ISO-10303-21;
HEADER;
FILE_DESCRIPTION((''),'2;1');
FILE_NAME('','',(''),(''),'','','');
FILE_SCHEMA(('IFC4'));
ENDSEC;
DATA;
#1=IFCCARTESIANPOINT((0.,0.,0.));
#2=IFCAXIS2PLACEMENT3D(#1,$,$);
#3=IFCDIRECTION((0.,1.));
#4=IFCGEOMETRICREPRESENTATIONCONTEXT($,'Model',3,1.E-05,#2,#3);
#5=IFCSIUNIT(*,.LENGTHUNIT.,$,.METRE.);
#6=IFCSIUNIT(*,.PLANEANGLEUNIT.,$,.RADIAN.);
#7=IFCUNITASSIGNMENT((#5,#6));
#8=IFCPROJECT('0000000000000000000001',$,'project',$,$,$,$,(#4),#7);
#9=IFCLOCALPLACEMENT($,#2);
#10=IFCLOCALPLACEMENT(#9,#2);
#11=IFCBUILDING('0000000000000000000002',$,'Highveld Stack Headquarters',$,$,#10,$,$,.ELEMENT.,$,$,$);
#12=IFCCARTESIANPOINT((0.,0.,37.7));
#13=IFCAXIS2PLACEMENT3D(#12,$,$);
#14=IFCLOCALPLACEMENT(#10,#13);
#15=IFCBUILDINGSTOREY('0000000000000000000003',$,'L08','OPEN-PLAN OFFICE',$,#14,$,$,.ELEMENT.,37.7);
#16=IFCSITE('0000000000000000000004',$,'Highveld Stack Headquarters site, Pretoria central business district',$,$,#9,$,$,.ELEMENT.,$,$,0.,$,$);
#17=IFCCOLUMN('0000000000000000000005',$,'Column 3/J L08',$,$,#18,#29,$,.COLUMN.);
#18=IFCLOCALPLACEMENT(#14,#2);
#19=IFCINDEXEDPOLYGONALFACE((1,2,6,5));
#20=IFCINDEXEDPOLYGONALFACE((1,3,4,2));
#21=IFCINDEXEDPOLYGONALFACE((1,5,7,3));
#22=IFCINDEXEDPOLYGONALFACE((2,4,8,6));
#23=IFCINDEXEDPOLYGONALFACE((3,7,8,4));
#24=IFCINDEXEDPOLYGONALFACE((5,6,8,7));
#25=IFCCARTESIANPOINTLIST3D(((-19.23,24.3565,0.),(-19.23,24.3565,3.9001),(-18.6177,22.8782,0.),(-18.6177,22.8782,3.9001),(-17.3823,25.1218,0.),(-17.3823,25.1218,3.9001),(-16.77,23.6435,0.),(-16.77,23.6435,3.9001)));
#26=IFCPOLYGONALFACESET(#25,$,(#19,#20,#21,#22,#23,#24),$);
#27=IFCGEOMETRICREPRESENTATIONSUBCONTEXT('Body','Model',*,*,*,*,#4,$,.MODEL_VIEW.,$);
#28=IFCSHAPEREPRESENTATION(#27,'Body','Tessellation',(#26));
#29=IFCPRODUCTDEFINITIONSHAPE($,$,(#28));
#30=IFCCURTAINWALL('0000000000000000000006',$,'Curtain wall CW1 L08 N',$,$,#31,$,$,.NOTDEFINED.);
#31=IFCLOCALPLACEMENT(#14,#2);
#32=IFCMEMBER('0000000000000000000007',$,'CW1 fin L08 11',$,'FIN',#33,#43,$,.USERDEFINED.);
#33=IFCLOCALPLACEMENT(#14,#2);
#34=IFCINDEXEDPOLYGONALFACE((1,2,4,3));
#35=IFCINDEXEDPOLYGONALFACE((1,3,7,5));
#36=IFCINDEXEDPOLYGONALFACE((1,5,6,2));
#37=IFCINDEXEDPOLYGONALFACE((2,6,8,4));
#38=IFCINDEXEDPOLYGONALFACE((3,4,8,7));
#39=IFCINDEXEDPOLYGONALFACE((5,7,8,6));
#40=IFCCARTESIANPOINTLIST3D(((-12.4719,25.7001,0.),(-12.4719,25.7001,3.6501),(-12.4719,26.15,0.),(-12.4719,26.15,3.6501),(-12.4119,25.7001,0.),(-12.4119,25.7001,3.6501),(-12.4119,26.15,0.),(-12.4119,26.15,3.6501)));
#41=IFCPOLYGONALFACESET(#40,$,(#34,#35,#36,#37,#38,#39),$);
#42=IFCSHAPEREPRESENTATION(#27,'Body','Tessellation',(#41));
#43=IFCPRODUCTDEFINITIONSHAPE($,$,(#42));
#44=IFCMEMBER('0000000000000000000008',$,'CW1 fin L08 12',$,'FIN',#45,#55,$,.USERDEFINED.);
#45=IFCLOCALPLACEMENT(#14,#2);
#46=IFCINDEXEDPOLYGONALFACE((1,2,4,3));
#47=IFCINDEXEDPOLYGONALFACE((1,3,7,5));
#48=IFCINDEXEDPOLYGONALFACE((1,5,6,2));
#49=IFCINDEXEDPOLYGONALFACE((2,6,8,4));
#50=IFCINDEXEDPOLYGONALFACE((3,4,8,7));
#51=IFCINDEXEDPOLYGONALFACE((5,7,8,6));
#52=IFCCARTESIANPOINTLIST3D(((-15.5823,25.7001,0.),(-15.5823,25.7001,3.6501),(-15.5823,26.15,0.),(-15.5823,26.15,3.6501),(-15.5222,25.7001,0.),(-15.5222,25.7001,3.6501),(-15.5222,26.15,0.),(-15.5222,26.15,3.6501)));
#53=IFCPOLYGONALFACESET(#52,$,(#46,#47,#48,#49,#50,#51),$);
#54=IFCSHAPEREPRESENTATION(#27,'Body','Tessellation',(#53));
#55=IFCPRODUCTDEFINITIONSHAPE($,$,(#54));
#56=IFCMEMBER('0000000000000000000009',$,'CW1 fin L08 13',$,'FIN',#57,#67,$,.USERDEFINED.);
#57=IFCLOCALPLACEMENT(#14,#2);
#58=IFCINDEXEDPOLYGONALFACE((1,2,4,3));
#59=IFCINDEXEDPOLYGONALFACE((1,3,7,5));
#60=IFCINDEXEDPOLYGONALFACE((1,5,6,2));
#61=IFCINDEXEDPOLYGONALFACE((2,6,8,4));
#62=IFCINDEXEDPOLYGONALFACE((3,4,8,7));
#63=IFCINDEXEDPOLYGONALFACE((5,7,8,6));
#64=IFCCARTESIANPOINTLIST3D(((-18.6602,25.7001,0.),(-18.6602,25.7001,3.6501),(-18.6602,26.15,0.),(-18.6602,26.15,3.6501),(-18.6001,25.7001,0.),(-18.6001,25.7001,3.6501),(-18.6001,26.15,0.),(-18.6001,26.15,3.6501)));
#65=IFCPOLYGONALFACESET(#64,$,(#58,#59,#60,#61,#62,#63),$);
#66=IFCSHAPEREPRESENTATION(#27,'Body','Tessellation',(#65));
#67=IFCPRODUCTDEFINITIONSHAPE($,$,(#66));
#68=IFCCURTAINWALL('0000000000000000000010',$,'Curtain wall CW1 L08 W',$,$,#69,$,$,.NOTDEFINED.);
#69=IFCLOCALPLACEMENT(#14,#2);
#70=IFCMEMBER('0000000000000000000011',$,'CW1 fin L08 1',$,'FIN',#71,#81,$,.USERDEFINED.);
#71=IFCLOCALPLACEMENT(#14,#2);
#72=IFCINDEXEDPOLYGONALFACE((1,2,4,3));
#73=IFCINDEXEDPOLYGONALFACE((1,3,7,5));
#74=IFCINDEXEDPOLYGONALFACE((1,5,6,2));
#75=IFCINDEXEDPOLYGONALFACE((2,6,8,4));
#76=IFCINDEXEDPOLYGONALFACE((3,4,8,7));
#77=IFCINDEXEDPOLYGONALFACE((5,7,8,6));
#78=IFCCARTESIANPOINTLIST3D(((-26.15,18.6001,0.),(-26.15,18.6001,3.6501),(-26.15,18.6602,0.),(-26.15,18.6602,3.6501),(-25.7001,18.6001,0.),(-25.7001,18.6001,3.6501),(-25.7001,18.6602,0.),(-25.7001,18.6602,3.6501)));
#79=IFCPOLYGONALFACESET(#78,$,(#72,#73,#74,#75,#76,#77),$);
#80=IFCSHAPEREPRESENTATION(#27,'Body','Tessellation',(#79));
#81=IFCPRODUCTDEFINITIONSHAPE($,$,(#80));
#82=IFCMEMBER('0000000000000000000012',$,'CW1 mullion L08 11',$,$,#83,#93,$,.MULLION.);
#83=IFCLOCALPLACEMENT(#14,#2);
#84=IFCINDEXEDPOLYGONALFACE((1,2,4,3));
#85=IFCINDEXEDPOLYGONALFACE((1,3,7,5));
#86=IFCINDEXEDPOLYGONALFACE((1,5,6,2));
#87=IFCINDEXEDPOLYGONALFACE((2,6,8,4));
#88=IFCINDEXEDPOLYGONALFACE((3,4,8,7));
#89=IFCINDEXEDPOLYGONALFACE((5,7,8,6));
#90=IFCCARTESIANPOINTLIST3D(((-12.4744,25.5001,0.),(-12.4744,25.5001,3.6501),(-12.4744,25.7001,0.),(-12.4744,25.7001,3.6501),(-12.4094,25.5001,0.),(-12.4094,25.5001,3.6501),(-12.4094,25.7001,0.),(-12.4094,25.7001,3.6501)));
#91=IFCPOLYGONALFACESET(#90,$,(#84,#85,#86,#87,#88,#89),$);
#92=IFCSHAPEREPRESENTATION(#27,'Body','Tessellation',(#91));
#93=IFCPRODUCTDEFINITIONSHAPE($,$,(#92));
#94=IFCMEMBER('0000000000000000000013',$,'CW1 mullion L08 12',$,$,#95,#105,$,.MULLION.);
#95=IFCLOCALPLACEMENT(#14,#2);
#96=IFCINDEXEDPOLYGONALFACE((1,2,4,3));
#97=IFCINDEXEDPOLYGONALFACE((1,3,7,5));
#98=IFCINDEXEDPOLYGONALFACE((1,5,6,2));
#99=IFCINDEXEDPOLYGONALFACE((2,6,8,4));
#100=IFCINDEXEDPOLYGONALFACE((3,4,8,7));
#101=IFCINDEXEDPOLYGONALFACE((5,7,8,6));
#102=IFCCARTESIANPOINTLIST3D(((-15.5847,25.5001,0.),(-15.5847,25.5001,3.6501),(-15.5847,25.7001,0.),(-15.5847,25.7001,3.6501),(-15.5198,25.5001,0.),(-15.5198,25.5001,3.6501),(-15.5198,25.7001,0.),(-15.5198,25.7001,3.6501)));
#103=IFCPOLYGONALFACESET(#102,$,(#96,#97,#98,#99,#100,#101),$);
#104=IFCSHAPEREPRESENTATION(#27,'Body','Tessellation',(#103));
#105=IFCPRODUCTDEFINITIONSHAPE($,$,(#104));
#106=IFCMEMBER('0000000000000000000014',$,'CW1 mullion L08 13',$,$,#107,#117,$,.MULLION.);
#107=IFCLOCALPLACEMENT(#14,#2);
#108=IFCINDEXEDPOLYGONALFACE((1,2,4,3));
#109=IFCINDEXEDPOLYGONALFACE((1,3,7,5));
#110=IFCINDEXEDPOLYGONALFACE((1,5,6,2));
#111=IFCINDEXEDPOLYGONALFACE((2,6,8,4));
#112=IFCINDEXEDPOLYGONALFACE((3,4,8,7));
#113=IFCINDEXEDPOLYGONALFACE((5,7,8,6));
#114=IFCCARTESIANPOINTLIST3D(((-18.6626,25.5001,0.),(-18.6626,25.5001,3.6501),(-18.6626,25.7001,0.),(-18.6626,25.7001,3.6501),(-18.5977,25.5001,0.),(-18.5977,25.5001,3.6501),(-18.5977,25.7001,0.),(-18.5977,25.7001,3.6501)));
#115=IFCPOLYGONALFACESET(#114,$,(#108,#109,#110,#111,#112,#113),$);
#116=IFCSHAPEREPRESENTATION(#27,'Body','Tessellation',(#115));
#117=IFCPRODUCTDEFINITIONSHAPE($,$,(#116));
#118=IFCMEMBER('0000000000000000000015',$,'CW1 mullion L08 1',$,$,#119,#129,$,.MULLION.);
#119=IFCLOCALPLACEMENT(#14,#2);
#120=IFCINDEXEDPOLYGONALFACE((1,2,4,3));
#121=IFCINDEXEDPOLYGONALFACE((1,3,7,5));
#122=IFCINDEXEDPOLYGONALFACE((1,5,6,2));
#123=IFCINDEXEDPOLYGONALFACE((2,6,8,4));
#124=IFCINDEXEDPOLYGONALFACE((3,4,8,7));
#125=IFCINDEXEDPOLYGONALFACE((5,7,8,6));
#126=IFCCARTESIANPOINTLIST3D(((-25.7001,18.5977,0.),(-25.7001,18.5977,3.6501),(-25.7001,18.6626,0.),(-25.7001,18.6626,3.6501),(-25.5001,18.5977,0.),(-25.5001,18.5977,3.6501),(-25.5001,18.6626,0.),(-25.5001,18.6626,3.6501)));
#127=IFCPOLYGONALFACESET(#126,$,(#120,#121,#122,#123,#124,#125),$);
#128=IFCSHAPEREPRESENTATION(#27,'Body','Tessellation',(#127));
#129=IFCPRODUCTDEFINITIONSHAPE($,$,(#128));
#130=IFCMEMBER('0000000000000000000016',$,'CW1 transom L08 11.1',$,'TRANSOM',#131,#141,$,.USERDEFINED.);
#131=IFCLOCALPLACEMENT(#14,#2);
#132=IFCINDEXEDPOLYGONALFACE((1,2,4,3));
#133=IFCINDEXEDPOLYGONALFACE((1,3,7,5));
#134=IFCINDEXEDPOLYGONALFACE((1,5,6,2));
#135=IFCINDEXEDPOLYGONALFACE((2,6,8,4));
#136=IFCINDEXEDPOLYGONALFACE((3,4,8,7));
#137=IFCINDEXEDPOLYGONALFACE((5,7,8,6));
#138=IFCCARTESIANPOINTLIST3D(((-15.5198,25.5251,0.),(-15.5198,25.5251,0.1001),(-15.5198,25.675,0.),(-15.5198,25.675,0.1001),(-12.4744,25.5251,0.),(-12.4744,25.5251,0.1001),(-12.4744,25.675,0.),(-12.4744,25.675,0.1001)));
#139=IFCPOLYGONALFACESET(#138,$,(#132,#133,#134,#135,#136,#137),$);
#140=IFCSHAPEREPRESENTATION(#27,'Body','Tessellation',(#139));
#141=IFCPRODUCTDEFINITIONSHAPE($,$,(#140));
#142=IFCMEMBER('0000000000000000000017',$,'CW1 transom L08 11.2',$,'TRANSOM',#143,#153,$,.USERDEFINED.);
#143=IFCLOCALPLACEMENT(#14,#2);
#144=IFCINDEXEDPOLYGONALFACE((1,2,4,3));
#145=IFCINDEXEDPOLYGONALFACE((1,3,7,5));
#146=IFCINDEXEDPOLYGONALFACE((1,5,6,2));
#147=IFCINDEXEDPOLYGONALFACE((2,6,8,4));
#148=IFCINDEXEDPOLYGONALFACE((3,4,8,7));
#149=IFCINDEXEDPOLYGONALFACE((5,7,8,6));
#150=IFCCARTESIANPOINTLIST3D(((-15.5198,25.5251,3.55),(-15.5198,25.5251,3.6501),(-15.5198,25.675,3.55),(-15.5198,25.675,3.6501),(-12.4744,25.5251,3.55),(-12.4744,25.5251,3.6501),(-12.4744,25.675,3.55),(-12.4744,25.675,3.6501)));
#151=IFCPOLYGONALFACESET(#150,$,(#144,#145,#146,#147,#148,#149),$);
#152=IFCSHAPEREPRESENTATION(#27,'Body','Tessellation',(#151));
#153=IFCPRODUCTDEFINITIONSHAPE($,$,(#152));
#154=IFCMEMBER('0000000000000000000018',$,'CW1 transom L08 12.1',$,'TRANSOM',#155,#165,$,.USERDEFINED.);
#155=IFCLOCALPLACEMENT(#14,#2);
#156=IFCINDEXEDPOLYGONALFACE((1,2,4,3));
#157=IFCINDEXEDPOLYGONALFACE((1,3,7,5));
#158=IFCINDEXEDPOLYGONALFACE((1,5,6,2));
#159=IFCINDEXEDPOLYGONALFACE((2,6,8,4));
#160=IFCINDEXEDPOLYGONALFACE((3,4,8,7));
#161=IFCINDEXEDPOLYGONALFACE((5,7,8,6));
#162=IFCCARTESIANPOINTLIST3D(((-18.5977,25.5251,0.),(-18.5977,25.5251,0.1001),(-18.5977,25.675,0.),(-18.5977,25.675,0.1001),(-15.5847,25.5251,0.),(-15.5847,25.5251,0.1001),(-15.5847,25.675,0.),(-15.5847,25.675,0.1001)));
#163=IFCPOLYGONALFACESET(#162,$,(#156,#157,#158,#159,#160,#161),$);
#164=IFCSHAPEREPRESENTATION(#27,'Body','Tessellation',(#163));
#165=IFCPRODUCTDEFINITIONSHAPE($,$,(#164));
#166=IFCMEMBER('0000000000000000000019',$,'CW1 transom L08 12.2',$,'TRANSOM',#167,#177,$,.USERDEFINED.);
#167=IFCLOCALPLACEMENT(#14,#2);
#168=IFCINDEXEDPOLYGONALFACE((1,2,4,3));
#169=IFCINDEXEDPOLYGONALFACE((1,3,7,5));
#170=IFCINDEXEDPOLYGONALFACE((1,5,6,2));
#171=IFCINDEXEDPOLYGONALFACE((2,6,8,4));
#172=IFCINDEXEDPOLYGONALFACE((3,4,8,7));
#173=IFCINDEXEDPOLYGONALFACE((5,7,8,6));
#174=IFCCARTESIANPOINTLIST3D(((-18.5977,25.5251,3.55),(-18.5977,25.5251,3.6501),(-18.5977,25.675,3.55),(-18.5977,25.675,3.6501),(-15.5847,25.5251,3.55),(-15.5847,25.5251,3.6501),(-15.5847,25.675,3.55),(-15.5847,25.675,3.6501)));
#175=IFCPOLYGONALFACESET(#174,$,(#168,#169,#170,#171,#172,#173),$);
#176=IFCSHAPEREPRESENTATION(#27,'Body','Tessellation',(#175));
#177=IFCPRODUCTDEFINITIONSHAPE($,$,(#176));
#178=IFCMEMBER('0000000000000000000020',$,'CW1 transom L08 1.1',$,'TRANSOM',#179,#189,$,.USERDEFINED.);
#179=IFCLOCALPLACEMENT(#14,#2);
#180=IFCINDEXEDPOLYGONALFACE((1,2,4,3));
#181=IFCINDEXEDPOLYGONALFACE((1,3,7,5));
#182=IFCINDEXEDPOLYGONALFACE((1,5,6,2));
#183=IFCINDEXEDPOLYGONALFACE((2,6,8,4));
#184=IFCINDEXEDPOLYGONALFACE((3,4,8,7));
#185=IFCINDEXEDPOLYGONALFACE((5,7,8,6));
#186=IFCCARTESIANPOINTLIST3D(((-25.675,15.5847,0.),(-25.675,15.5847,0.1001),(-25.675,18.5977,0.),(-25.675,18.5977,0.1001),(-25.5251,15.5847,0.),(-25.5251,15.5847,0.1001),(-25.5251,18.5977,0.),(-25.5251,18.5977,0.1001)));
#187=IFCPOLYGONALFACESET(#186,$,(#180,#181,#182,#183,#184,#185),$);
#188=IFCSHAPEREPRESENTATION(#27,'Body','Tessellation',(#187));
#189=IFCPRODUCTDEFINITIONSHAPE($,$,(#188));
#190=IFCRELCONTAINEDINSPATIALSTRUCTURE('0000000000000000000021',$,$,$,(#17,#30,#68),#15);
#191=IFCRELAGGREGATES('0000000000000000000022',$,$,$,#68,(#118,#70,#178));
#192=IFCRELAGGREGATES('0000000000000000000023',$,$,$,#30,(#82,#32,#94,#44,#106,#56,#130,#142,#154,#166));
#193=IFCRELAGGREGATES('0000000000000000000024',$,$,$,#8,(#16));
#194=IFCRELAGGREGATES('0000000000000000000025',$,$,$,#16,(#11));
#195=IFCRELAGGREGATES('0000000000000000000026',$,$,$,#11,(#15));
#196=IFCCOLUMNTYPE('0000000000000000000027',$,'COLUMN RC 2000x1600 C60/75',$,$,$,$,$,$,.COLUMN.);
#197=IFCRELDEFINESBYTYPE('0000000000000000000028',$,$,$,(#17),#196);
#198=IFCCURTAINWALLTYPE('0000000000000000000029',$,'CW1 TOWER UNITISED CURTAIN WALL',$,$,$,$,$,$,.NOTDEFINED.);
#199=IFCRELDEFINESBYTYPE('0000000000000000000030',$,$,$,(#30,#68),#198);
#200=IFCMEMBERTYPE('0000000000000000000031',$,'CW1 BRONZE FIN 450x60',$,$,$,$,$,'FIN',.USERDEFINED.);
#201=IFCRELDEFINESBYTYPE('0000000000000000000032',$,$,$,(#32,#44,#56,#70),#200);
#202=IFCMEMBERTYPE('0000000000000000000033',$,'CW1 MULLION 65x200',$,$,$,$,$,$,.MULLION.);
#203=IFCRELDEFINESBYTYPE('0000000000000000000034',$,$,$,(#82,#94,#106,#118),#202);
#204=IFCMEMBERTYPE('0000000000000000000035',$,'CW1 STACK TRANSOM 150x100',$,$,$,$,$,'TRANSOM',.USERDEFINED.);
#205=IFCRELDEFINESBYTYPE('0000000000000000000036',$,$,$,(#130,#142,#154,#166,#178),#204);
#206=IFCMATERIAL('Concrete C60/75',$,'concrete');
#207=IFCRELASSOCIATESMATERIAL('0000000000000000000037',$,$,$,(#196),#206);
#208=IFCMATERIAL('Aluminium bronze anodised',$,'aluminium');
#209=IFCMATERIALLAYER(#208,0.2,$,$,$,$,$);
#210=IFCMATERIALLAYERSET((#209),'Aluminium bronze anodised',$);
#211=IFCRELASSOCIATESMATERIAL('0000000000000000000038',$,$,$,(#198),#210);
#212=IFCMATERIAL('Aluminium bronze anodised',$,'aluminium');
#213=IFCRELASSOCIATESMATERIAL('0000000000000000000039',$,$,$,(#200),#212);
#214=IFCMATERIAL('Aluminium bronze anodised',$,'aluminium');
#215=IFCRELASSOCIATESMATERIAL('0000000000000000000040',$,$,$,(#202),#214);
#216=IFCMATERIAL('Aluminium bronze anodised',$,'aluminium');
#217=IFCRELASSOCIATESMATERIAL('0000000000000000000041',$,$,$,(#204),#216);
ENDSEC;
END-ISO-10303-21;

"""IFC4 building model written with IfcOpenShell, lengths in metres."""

from ifc_helpers import new_model, si_unit, direction, frame, origin, origin_2d, place, context, subcontext, project, spatial, rectangle, extrude, material, layer, layer_set, material_profile, profile_set, type_object, element, aggregate, save


model = new_model("IFC4")

# Units and contexts
model_context = context("Model", 3, precision=1e-05, world=origin(), true_north=direction((0.0, 1.0)))
body_context = subcontext(model_context, "Body", "Model", "MODEL_VIEW")
ifc_project = project(units=[si_unit("LENGTHUNIT", "METRE"), si_unit("PLANEANGLEUNIT", "RADIAN")], contexts=[model_context])

# Site, building, storey
site_placement = place(None, origin())
site = spatial("IfcSite", under=ifc_project, at=site_placement, Name="Highveld Stack Headquarters site, Pretoria central business district", CompositionType="ELEMENT", RefElevation=0.0)
building_placement = place(site_placement, origin())
building = spatial("IfcBuilding", under=site, at=building_placement, Name="Highveld Stack Headquarters", CompositionType="ELEMENT")
storey_placement = place(building_placement, frame((0.0, 0.0, 37.7)))
storey = spatial("IfcBuildingStorey", under=building, at=storey_placement, Name="L08", Description="OPEN-PLAN OFFICE", CompositionType="ELEMENT", Elevation=37.7)

# Column
ifc_material_1 = material(Name="Concrete C60/75", Category="concrete")
ifc_material_profile_1 = material_profile(ifc_material_1, rectangle(XDim=2.0, YDim=1.6001, at=origin_2d()), Name="RC 2000x1600")
ifc_profile_set_1 = profile_set([ifc_material_profile_1], Name="Concrete C60/75")
column_type = type_object("IfcColumnType", Name="COLUMN RC 2000x1600 C60/75", PredefinedType="COLUMN", material=ifc_profile_set_1)
column_placement = place(storey_placement, frame((-18.0, 24.0, 0.0), z_axis=(0.0, 0.0, 1.0), x_axis=(0.92388, 0.382683, 0.0)))
element("IfcColumn", 1, at=column_placement, inside=storey, type_object=column_type, Name="Column 3/J L08", PredefinedType="COLUMN", context=body_context, shape_type="SweptSolid", body=[
    extrude(rectangle(XDim=2.0, YDim=1.6001, at=origin_2d()), origin(), (0.0, 0.0, 1.0), 3.9001),
])

# Curtain wall, members
ifc_material_2 = material(Name="Aluminium bronze anodised", Category="aluminium")
ifc_layer_1 = layer(ifc_material_2, 0.2)
ifc_layer_set_1 = layer_set([ifc_layer_1], Name="Aluminium bronze anodised")
curtain_wall_type_1 = type_object("IfcCurtainWallType", Name="CW1 TOWER UNITISED CURTAIN WALL", PredefinedType="NOTDEFINED", material=ifc_layer_set_1)
curtain_wall_1_placement = place(storey_placement, origin())
curtain_wall_1 = element("IfcCurtainWall", 2, at=curtain_wall_1_placement, inside=storey, type_object=curtain_wall_type_1, Name="Curtain wall CW1 L08 N", PredefinedType="NOTDEFINED")
ifc_material_3 = material(Name="Aluminium bronze anodised", Category="aluminium")
ifc_material_profile_2 = material_profile(ifc_material_3, rectangle(XDim=0.45, YDim=0.0601, at=origin_2d()), Name="FIN 450x60")
ifc_profile_set_2 = profile_set([ifc_material_profile_2], Name="Aluminium bronze anodised")
member_type_1 = type_object("IfcMemberType", Name="CW1 BRONZE FIN 450x60", ElementType="FIN", PredefinedType="USERDEFINED", material=ifc_profile_set_2)
member_1_placement = place(storey_placement, frame((-12.4419, 25.925, 0.0), z_axis=(0.0, 0.0, 1.0), x_axis=(0.0, -1.0, 0.0)))
member_1 = element("IfcMember", 3, at=member_1_placement, type_object=member_type_1, Name="CW1 fin L08 11", ObjectType="FIN", PredefinedType="USERDEFINED", context=body_context, shape_type="SweptSolid", body=[
    extrude(rectangle(XDim=0.45, YDim=0.0601, at=origin_2d()), origin(), (0.0, 0.0, 1.0), 3.6501),
])
member_2_placement = place(storey_placement, frame((-15.5522, 25.925, 0.0), z_axis=(0.0, 0.0, 1.0), x_axis=(0.0, -1.0, 0.0)))
member_2 = element("IfcMember", 4, at=member_2_placement, type_object=member_type_1, Name="CW1 fin L08 12", ObjectType="FIN", PredefinedType="USERDEFINED", context=body_context, shape_type="SweptSolid", body=[
    extrude(rectangle(XDim=0.45, YDim=0.0601, at=origin_2d()), origin(), (0.0, 0.0, 1.0), 3.6501),
])
member_3_placement = place(storey_placement, frame((-18.6301, 25.925, 0.0), z_axis=(0.0, 0.0, 1.0), x_axis=(0.0, -1.0, 0.0)))
member_3 = element("IfcMember", 5, at=member_3_placement, type_object=member_type_1, Name="CW1 fin L08 13", ObjectType="FIN", PredefinedType="USERDEFINED", context=body_context, shape_type="SweptSolid", body=[
    extrude(rectangle(XDim=0.45, YDim=0.0601, at=origin_2d()), origin(), (0.0, 0.0, 1.0), 3.6501),
])

# Curtain wall, member
curtain_wall_2_placement = place(storey_placement, origin())
curtain_wall_2 = element("IfcCurtainWall", 6, at=curtain_wall_2_placement, inside=storey, type_object=curtain_wall_type_1, Name="Curtain wall CW1 L08 W", PredefinedType="NOTDEFINED")
member_4_placement = place(storey_placement, frame((-25.925, 18.6301, 0.0), z_axis=(0.0, 0.0, 1.0), x_axis=(1.0, 0.0, 0.0)))
member_4 = element("IfcMember", 7, at=member_4_placement, type_object=member_type_1, Name="CW1 fin L08 1", ObjectType="FIN", PredefinedType="USERDEFINED", context=body_context, shape_type="SweptSolid", body=[
    extrude(rectangle(XDim=0.45, YDim=0.0601, at=origin_2d()), origin(), (0.0, 0.0, 1.0), 3.6501),
])

# Members
ifc_material_4 = material(Name="Aluminium bronze anodised", Category="aluminium")
ifc_material_profile_3 = material_profile(ifc_material_4, rectangle(XDim=0.2, YDim=0.0649, at=origin_2d()), Name="CW1 MULLION 65x200")
ifc_profile_set_3 = profile_set([ifc_material_profile_3], Name="Aluminium bronze anodised")
member_type_2 = type_object("IfcMemberType", Name="CW1 MULLION 65x200", PredefinedType="MULLION", material=ifc_profile_set_3)
member_5_placement = place(storey_placement, frame((-12.4419, 25.6001, 0.0), z_axis=(0.0, 0.0, 1.0), x_axis=(0.0, -1.0, 0.0)))
member_5 = element("IfcMember", 8, at=member_5_placement, type_object=member_type_2, Name="CW1 mullion L08 11", PredefinedType="MULLION", context=body_context, shape_type="SweptSolid", body=[
    extrude(rectangle(XDim=0.2, YDim=0.0649, at=origin_2d()), origin(), (0.0, 0.0, 1.0), 3.6501),
])
member_6_placement = place(storey_placement, frame((-15.5522, 25.6001, 0.0), z_axis=(0.0, 0.0, 1.0), x_axis=(0.0, -1.0, 0.0)))
member_6 = element("IfcMember", 9, at=member_6_placement, type_object=member_type_2, Name="CW1 mullion L08 12", PredefinedType="MULLION", context=body_context, shape_type="SweptSolid", body=[
    extrude(rectangle(XDim=0.2, YDim=0.0649, at=origin_2d()), origin(), (0.0, 0.0, 1.0), 3.6501),
])
member_7_placement = place(storey_placement, frame((-18.6301, 25.6001, 0.0), z_axis=(0.0, 0.0, 1.0), x_axis=(0.0, -1.0, 0.0)))
member_7 = element("IfcMember", 10, at=member_7_placement, type_object=member_type_2, Name="CW1 mullion L08 13", PredefinedType="MULLION", context=body_context, shape_type="SweptSolid", body=[
    extrude(rectangle(XDim=0.2, YDim=0.0649, at=origin_2d()), origin(), (0.0, 0.0, 1.0), 3.6501),
])
member_8_placement = place(storey_placement, frame((-25.6001, 18.6301, 0.0), z_axis=(0.0, 0.0, 1.0), x_axis=(1.0, 0.0, 0.0)))
member_8 = element("IfcMember", 11, at=member_8_placement, type_object=member_type_2, Name="CW1 mullion L08 1", PredefinedType="MULLION", context=body_context, shape_type="SweptSolid", body=[
    extrude(rectangle(XDim=0.2, YDim=0.0649, at=origin_2d()), origin(), (0.0, 0.0, 1.0), 3.6501),
])
ifc_material_5 = material(Name="Aluminium bronze anodised", Category="aluminium")
ifc_material_profile_4 = material_profile(ifc_material_5, rectangle(XDim=0.1499, YDim=0.1001, at=origin_2d()), Name="CW1 TRANSOM 150x100")
ifc_profile_set_4 = profile_set([ifc_material_profile_4], Name="Aluminium bronze anodised")
member_type_3 = type_object("IfcMemberType", Name="CW1 STACK TRANSOM 150x100", ElementType="TRANSOM", PredefinedType="USERDEFINED", material=ifc_profile_set_4)
member_9_placement = place(storey_placement, frame((-12.4744, 25.6001, 0.05), z_axis=(-1.0, 0.0, 0.0), x_axis=(0.0, -1.0, 0.0)))
member_9 = element("IfcMember", 12, at=member_9_placement, type_object=member_type_3, Name="CW1 transom L08 11.1", ObjectType="TRANSOM", PredefinedType="USERDEFINED", context=body_context, shape_type="SweptSolid", body=[
    extrude(rectangle(XDim=0.1499, YDim=0.1001, at=origin_2d()), origin(), (0.0, 0.0, 1.0), 3.0454),
])
member_10_placement = place(storey_placement, frame((-12.4744, 25.6001, 3.6001), z_axis=(-1.0, 0.0, 0.0), x_axis=(0.0, -1.0, 0.0)))
member_10 = element("IfcMember", 13, at=member_10_placement, type_object=member_type_3, Name="CW1 transom L08 11.2", ObjectType="TRANSOM", PredefinedType="USERDEFINED", context=body_context, shape_type="SweptSolid", body=[
    extrude(rectangle(XDim=0.1499, YDim=0.1001, at=origin_2d()), origin(), (0.0, 0.0, 1.0), 3.0454),
])
member_11_placement = place(storey_placement, frame((-15.5847, 25.6001, 0.05), z_axis=(-1.0, 0.0, 0.0), x_axis=(0.0, -1.0, 0.0)))
member_11 = element("IfcMember", 14, at=member_11_placement, type_object=member_type_3, Name="CW1 transom L08 12.1", ObjectType="TRANSOM", PredefinedType="USERDEFINED", context=body_context, shape_type="SweptSolid", body=[
    extrude(rectangle(XDim=0.1499, YDim=0.1001, at=origin_2d()), origin(), (0.0, 0.0, 1.0), 3.0129),
])
member_12_placement = place(storey_placement, frame((-15.5847, 25.6001, 3.6001), z_axis=(-1.0, 0.0, 0.0), x_axis=(0.0, -1.0, 0.0)))
member_12 = element("IfcMember", 15, at=member_12_placement, type_object=member_type_3, Name="CW1 transom L08 12.2", ObjectType="TRANSOM", PredefinedType="USERDEFINED", context=body_context, shape_type="SweptSolid", body=[
    extrude(rectangle(XDim=0.1499, YDim=0.1001, at=origin_2d()), origin(), (0.0, 0.0, 1.0), 3.0129),
])
member_13_placement = place(storey_placement, frame((-25.6001, 18.5977, 0.05), z_axis=(0.0, -1.0, 0.0), x_axis=(1.0, 0.0, 0.0)))
member_13 = element("IfcMember", 16, at=member_13_placement, type_object=member_type_3, Name="CW1 transom L08 1.1", ObjectType="TRANSOM", PredefinedType="USERDEFINED", context=body_context, shape_type="SweptSolid", body=[
    extrude(rectangle(XDim=0.1499, YDim=0.1001, at=origin_2d()), origin(), (0.0, 0.0, 1.0), 3.0129),
])
aggregate(curtain_wall_2, [member_8, member_4, member_13])

aggregate(curtain_wall_1, [member_5, member_1, member_6, member_2, member_7, member_3, member_9, member_10, member_11, member_12])

save(model, "model.ifc")
